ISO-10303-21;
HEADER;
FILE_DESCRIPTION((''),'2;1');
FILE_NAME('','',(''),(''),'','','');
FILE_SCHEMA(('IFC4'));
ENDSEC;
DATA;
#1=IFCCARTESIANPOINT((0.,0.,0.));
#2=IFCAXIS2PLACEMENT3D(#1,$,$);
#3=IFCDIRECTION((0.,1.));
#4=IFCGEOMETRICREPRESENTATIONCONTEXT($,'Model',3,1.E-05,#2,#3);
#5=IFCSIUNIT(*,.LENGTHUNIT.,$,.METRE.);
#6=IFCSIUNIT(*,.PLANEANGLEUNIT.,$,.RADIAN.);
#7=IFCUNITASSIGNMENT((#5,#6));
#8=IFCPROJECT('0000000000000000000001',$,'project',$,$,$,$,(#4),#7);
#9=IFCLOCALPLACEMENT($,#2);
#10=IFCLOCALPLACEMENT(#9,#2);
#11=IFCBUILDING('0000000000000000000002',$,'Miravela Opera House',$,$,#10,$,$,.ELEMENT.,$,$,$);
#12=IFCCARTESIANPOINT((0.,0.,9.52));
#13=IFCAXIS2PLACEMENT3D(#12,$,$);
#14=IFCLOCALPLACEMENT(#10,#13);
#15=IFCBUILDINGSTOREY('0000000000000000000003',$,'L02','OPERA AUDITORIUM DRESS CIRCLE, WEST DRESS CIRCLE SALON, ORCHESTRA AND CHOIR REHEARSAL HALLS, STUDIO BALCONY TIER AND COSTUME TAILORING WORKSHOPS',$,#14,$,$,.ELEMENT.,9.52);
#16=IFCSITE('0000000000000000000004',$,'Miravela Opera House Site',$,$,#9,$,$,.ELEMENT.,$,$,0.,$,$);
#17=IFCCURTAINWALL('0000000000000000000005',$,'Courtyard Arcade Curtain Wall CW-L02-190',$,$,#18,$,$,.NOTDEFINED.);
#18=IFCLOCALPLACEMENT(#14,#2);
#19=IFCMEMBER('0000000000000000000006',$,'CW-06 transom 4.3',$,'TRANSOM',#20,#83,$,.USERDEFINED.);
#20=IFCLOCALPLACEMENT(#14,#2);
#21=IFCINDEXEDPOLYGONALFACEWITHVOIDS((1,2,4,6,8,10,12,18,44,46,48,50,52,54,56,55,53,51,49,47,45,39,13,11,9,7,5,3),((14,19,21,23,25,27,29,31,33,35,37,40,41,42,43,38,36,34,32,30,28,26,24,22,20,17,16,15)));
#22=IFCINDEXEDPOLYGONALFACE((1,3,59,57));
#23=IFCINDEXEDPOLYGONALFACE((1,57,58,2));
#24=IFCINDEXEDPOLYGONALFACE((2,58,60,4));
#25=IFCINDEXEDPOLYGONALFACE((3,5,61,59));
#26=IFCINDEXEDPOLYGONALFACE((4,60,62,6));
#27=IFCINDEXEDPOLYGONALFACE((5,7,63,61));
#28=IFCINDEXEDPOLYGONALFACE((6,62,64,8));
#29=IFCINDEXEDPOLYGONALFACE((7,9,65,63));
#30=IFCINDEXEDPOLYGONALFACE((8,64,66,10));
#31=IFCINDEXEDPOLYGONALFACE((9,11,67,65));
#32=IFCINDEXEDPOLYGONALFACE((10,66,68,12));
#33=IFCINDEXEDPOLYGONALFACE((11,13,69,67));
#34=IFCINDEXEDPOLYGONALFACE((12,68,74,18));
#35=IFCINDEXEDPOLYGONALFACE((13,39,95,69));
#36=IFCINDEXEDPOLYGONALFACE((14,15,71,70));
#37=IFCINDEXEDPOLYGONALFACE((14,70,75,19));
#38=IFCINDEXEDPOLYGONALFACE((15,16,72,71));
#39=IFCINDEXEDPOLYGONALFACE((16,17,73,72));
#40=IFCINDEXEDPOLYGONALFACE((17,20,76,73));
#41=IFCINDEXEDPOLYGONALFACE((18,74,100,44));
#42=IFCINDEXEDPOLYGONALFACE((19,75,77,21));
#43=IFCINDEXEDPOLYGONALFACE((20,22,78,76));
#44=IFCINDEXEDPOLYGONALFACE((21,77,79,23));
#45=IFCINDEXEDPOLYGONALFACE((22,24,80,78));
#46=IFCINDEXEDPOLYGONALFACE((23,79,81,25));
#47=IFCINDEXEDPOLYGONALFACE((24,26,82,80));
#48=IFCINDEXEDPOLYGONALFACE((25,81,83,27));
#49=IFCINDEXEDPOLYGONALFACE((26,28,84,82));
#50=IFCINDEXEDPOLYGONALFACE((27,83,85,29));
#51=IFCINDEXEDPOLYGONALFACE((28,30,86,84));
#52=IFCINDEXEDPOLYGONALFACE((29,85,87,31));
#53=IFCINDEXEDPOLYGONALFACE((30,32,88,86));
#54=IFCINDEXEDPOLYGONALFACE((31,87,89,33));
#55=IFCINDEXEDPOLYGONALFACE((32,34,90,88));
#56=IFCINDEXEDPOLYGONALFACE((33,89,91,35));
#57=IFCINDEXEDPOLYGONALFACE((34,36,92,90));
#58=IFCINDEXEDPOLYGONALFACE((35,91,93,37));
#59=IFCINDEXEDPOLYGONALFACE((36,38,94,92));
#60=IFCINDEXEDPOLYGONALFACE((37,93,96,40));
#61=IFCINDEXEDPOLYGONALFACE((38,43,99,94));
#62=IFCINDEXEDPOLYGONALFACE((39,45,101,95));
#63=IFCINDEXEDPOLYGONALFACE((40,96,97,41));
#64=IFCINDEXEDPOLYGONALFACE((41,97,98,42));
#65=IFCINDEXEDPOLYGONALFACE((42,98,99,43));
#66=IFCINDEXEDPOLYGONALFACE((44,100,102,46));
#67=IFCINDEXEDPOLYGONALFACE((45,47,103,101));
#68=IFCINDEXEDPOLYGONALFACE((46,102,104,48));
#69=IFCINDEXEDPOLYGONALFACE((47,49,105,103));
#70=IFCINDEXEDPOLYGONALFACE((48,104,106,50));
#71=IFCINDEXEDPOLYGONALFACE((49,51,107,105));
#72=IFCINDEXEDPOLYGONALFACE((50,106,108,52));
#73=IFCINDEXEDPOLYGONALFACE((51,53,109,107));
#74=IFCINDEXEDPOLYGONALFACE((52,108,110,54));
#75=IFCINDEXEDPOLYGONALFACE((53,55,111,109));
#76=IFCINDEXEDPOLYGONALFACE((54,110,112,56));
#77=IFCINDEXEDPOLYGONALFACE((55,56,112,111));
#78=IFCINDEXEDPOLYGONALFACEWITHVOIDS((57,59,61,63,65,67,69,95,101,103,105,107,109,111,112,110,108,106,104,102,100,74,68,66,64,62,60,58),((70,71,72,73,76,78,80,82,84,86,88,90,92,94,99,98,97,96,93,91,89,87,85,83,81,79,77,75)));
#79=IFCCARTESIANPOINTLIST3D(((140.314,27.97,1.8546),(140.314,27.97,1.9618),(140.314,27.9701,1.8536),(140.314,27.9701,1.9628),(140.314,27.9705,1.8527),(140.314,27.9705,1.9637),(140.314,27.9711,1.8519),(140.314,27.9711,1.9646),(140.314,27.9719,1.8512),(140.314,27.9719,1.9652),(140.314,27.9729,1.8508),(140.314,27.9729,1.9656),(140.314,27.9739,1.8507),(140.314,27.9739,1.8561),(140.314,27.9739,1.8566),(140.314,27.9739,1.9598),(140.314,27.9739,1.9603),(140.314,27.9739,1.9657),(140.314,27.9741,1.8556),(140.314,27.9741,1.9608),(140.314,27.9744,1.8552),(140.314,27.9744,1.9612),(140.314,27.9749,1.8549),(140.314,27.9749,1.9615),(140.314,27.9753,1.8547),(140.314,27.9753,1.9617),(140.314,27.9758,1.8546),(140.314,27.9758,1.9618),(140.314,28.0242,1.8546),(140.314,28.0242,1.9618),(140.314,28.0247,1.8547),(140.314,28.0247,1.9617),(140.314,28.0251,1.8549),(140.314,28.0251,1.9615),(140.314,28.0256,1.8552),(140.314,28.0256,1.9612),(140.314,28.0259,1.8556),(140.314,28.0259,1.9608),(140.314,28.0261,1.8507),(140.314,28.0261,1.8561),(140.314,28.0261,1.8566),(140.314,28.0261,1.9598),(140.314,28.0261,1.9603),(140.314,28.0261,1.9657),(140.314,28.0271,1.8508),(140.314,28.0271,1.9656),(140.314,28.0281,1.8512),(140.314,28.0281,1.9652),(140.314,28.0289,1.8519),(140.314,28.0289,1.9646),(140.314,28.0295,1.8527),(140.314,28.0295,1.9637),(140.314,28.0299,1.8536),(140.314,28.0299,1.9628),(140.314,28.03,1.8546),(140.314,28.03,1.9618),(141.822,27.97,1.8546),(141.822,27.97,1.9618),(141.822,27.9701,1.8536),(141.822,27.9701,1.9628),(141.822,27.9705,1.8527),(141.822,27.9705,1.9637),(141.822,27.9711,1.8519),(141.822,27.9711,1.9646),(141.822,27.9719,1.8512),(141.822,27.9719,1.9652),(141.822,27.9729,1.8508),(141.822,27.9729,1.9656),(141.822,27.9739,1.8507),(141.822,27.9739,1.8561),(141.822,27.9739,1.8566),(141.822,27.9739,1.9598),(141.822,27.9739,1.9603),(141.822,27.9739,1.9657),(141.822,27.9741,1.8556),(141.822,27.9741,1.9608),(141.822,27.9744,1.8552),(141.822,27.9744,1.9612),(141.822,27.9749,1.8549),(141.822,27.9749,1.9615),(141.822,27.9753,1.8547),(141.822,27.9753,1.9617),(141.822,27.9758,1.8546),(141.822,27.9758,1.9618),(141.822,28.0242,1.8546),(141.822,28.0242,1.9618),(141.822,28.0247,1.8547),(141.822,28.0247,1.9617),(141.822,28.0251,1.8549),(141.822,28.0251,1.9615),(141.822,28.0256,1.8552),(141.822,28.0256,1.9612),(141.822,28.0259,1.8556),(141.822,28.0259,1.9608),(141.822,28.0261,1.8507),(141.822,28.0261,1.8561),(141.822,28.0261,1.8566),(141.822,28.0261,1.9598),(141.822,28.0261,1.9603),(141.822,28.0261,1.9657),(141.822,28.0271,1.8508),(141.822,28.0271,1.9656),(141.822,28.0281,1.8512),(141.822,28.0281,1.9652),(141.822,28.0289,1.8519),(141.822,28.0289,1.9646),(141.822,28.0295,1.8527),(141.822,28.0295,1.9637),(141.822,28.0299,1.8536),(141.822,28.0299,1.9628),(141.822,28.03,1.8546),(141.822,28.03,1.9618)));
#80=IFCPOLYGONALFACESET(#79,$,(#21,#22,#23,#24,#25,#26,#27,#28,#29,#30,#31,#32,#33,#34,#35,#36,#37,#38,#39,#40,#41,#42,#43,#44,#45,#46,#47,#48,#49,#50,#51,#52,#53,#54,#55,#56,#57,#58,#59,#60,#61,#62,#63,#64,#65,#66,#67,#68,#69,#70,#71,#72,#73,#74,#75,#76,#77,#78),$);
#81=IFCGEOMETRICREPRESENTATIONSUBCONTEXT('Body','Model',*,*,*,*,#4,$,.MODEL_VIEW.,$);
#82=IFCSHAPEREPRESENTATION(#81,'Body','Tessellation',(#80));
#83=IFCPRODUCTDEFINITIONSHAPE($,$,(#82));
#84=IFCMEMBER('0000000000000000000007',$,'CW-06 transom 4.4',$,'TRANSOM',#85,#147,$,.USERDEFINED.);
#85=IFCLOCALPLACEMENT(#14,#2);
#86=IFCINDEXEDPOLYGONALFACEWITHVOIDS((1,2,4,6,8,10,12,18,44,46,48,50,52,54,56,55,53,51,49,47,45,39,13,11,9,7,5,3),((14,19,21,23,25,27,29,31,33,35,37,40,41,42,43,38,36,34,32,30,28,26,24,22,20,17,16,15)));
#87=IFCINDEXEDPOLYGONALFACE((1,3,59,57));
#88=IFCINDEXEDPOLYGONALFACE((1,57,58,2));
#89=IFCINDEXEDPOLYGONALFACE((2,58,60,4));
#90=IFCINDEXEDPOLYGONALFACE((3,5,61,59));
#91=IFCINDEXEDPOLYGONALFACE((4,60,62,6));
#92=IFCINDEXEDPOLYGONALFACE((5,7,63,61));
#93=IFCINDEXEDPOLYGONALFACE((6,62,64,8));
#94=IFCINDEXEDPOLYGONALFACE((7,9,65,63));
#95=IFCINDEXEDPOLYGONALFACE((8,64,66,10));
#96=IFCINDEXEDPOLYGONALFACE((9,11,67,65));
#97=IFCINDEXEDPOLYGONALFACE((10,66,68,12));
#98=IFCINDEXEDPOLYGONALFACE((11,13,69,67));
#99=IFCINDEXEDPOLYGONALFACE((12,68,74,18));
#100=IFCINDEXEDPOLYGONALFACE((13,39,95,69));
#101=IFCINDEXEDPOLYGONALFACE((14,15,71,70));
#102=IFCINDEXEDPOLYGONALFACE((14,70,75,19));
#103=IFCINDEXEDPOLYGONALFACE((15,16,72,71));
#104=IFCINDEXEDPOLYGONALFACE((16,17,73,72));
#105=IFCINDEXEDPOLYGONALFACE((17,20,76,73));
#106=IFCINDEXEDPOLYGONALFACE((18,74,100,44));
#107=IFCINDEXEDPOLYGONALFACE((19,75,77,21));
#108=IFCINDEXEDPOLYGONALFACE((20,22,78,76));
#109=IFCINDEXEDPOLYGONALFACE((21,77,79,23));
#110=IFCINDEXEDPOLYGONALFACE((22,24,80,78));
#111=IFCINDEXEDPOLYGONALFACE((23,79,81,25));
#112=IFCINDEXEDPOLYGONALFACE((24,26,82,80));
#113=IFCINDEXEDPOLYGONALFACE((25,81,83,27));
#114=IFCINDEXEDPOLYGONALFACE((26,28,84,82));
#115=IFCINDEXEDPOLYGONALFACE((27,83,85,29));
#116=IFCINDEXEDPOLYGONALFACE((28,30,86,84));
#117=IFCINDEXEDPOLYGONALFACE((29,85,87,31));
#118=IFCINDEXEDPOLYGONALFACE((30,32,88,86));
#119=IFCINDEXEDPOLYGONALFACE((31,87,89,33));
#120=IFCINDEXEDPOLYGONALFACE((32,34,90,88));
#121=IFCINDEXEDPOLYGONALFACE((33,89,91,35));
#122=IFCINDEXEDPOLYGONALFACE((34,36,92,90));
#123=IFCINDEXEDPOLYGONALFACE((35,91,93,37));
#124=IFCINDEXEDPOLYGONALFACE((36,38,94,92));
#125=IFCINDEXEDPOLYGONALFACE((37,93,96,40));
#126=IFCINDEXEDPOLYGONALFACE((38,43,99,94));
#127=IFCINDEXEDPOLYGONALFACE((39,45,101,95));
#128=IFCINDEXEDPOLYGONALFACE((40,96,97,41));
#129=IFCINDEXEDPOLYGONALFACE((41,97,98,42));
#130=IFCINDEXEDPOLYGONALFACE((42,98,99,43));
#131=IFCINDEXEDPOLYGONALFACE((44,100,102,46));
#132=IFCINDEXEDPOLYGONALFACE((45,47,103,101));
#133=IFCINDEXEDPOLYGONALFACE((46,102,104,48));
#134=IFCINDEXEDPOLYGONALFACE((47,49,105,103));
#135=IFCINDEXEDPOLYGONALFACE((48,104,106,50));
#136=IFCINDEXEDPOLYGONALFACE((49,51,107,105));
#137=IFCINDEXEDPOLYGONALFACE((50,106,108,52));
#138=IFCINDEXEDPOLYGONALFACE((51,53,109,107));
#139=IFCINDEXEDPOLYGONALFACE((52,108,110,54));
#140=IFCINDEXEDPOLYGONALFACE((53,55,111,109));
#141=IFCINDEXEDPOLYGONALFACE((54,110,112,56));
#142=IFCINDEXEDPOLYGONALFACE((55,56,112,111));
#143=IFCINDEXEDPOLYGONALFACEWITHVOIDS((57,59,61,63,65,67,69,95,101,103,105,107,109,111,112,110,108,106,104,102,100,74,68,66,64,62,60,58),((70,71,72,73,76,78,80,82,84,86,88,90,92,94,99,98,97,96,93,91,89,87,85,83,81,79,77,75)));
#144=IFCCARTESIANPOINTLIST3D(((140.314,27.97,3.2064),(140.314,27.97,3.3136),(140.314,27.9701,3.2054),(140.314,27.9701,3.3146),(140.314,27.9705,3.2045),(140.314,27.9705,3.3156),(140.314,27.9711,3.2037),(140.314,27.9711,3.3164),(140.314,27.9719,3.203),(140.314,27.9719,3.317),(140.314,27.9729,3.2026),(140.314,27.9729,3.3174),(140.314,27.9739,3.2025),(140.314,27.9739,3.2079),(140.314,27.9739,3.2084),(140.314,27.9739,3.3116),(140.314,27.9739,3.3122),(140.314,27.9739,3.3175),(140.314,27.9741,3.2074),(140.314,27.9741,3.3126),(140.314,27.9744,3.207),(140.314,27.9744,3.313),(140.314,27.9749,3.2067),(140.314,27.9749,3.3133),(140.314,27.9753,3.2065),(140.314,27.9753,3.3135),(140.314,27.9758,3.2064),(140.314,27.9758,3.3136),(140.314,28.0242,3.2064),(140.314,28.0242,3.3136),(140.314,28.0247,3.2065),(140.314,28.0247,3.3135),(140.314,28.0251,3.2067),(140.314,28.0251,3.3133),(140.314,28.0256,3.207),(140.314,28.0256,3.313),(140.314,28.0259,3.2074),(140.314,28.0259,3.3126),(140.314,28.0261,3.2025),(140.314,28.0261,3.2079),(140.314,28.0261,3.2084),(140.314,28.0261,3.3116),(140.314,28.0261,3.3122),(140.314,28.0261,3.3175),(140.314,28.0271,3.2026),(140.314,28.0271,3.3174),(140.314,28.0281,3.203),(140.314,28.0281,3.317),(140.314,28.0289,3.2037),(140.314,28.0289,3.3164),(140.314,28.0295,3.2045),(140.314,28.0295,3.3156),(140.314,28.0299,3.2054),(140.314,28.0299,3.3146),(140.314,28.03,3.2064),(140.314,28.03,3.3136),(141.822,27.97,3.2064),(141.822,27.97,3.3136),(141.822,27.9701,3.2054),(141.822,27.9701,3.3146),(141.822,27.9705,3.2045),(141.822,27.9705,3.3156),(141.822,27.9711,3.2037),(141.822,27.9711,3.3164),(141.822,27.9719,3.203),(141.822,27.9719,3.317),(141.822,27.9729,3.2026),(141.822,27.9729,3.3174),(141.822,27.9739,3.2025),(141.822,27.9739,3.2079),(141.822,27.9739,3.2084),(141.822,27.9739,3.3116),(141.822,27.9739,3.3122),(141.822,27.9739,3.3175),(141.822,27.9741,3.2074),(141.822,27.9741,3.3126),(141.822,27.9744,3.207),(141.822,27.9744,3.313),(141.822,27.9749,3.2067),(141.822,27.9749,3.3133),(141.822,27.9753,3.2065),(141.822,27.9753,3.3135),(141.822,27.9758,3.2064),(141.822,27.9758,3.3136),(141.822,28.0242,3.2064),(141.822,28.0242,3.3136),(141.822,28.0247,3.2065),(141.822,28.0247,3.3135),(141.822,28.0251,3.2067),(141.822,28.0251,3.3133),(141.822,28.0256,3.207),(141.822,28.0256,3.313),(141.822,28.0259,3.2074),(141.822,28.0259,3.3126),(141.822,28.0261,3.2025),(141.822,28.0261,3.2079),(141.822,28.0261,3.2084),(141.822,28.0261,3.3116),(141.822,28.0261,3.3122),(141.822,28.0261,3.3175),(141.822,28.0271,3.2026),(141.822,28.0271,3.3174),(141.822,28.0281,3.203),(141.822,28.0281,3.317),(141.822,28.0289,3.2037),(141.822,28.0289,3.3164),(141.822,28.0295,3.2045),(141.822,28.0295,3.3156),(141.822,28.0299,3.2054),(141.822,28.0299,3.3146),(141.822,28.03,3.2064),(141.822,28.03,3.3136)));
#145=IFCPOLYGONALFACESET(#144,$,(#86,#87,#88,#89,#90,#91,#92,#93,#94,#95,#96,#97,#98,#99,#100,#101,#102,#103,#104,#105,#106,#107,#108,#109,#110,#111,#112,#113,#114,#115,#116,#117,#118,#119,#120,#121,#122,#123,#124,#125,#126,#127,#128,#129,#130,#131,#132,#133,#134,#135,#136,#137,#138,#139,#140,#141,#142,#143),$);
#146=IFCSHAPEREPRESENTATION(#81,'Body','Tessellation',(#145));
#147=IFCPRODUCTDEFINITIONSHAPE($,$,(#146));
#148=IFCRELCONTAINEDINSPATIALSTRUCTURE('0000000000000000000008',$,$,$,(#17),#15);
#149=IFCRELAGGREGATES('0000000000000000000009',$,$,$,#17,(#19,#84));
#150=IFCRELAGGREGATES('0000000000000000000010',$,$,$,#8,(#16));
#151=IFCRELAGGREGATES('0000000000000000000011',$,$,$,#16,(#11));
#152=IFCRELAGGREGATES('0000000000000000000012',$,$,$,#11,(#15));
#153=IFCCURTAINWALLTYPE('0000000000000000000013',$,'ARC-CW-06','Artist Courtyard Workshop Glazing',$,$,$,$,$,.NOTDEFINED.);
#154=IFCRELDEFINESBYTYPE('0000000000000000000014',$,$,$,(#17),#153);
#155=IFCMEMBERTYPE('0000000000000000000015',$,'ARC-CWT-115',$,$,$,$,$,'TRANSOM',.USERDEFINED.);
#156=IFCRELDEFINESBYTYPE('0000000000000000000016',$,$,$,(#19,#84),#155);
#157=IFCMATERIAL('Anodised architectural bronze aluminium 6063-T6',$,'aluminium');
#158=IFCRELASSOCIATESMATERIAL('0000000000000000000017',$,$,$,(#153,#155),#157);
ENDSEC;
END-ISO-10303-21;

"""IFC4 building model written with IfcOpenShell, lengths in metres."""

from ifc_helpers import new_model, si_unit, direction, frame, origin, origin_2d, place, context, subcontext, project, spatial, hollow_rectangle, extrude, material, material_profile, profile_set, type_object, element, aggregate, save


model = new_model("IFC4")

# Units and contexts
model_context = context("Model", 3, precision=1e-05, world=origin(), true_north=direction((0.0, 1.0)))
body_context = subcontext(model_context, "Body", "Model", "MODEL_VIEW")
ifc_project = project(units=[si_unit("LENGTHUNIT", "METRE"), si_unit("PLANEANGLEUNIT", "RADIAN")], contexts=[model_context])

# Site, building, storey
site_placement = place(None, origin())
site = spatial("IfcSite", under=ifc_project, at=site_placement, Name="Miravela Opera House Site", CompositionType="ELEMENT", RefElevation=0.0)
building_placement = place(site_placement, origin())
building = spatial("IfcBuilding", under=site, at=building_placement, Name="Miravela Opera House", CompositionType="ELEMENT")
storey_placement = place(building_placement, frame((0.0, 0.0, 9.52)))
storey = spatial("IfcBuildingStorey", under=building, at=storey_placement, Name="L02", Description="OPERA AUDITORIUM DRESS CIRCLE, WEST DRESS CIRCLE SALON, ORCHESTRA AND CHOIR REHEARSAL HALLS, STUDIO BALCONY TIER AND COSTUME TAILORING WORKSHOPS", CompositionType="ELEMENT", Elevation=9.52)

# Curtain wall, members
ifc_material_1 = material(Name="Anodised architectural bronze aluminium 6063-T6", Category="aluminium")
curtain_wall_type = type_object("IfcCurtainWallType", Name="ARC-CW-06", Description="Artist Courtyard Workshop Glazing", PredefinedType="NOTDEFINED", material=ifc_material_1)
curtain_wall_placement = place(storey_placement, origin())
curtain_wall = element("IfcCurtainWall", 1, at=curtain_wall_placement, inside=storey, type_object=curtain_wall_type, Name="Courtyard Arcade Curtain Wall CW-L02-190", PredefinedType="NOTDEFINED")
ifc_material_profile_1 = material_profile(ifc_material_1, hollow_rectangle(XDim=0.0601, YDim=0.115, WallThickness=0.0039, InnerFilletRadius=0.002, OuterFilletRadius=0.0039, at=origin_2d()), Name="CWT-60X115")
ifc_profile_set_1 = profile_set([ifc_material_profile_1])
member_type_1 = type_object("IfcMemberType", Name="ARC-CWT-115", ElementType="TRANSOM", PredefinedType="USERDEFINED", material=ifc_profile_set_1)
member_1_placement = place(storey_placement, frame((140.314, 28.0, 1.9082), z_axis=(1.0, 0.0, 0.0), x_axis=(0.0, 1.0, 0.0)))
member_1 = element("IfcMember", 2, at=member_1_placement, type_object=member_type_1, Name="CW-06 transom 4.3", ObjectType="TRANSOM", PredefinedType="USERDEFINED", context=body_context, shape_type="SweptSolid", body=[
    extrude(hollow_rectangle(XDim=0.0601, YDim=0.115, WallThickness=0.0039, InnerFilletRadius=0.002, OuterFilletRadius=0.0039, at=origin_2d()), origin(), (0.0, 0.0, 1.0), 1.5081),
])
member_2_placement = place(storey_placement, frame((140.314, 28.0, 3.26), z_axis=(1.0, 0.0, 0.0), x_axis=(0.0, 1.0, 0.0)))
member_2 = element("IfcMember", 3, at=member_2_placement, type_object=member_type_1, Name="CW-06 transom 4.4", ObjectType="TRANSOM", PredefinedType="USERDEFINED", context=body_context, shape_type="SweptSolid", body=[
    extrude(hollow_rectangle(XDim=0.0601, YDim=0.115, WallThickness=0.0039, InnerFilletRadius=0.002, OuterFilletRadius=0.0039, at=origin_2d()), origin(), (0.0, 0.0, 1.0), 1.5081),
])

aggregate(curtain_wall, [member_1, member_2])

save(model, "model.ifc")
